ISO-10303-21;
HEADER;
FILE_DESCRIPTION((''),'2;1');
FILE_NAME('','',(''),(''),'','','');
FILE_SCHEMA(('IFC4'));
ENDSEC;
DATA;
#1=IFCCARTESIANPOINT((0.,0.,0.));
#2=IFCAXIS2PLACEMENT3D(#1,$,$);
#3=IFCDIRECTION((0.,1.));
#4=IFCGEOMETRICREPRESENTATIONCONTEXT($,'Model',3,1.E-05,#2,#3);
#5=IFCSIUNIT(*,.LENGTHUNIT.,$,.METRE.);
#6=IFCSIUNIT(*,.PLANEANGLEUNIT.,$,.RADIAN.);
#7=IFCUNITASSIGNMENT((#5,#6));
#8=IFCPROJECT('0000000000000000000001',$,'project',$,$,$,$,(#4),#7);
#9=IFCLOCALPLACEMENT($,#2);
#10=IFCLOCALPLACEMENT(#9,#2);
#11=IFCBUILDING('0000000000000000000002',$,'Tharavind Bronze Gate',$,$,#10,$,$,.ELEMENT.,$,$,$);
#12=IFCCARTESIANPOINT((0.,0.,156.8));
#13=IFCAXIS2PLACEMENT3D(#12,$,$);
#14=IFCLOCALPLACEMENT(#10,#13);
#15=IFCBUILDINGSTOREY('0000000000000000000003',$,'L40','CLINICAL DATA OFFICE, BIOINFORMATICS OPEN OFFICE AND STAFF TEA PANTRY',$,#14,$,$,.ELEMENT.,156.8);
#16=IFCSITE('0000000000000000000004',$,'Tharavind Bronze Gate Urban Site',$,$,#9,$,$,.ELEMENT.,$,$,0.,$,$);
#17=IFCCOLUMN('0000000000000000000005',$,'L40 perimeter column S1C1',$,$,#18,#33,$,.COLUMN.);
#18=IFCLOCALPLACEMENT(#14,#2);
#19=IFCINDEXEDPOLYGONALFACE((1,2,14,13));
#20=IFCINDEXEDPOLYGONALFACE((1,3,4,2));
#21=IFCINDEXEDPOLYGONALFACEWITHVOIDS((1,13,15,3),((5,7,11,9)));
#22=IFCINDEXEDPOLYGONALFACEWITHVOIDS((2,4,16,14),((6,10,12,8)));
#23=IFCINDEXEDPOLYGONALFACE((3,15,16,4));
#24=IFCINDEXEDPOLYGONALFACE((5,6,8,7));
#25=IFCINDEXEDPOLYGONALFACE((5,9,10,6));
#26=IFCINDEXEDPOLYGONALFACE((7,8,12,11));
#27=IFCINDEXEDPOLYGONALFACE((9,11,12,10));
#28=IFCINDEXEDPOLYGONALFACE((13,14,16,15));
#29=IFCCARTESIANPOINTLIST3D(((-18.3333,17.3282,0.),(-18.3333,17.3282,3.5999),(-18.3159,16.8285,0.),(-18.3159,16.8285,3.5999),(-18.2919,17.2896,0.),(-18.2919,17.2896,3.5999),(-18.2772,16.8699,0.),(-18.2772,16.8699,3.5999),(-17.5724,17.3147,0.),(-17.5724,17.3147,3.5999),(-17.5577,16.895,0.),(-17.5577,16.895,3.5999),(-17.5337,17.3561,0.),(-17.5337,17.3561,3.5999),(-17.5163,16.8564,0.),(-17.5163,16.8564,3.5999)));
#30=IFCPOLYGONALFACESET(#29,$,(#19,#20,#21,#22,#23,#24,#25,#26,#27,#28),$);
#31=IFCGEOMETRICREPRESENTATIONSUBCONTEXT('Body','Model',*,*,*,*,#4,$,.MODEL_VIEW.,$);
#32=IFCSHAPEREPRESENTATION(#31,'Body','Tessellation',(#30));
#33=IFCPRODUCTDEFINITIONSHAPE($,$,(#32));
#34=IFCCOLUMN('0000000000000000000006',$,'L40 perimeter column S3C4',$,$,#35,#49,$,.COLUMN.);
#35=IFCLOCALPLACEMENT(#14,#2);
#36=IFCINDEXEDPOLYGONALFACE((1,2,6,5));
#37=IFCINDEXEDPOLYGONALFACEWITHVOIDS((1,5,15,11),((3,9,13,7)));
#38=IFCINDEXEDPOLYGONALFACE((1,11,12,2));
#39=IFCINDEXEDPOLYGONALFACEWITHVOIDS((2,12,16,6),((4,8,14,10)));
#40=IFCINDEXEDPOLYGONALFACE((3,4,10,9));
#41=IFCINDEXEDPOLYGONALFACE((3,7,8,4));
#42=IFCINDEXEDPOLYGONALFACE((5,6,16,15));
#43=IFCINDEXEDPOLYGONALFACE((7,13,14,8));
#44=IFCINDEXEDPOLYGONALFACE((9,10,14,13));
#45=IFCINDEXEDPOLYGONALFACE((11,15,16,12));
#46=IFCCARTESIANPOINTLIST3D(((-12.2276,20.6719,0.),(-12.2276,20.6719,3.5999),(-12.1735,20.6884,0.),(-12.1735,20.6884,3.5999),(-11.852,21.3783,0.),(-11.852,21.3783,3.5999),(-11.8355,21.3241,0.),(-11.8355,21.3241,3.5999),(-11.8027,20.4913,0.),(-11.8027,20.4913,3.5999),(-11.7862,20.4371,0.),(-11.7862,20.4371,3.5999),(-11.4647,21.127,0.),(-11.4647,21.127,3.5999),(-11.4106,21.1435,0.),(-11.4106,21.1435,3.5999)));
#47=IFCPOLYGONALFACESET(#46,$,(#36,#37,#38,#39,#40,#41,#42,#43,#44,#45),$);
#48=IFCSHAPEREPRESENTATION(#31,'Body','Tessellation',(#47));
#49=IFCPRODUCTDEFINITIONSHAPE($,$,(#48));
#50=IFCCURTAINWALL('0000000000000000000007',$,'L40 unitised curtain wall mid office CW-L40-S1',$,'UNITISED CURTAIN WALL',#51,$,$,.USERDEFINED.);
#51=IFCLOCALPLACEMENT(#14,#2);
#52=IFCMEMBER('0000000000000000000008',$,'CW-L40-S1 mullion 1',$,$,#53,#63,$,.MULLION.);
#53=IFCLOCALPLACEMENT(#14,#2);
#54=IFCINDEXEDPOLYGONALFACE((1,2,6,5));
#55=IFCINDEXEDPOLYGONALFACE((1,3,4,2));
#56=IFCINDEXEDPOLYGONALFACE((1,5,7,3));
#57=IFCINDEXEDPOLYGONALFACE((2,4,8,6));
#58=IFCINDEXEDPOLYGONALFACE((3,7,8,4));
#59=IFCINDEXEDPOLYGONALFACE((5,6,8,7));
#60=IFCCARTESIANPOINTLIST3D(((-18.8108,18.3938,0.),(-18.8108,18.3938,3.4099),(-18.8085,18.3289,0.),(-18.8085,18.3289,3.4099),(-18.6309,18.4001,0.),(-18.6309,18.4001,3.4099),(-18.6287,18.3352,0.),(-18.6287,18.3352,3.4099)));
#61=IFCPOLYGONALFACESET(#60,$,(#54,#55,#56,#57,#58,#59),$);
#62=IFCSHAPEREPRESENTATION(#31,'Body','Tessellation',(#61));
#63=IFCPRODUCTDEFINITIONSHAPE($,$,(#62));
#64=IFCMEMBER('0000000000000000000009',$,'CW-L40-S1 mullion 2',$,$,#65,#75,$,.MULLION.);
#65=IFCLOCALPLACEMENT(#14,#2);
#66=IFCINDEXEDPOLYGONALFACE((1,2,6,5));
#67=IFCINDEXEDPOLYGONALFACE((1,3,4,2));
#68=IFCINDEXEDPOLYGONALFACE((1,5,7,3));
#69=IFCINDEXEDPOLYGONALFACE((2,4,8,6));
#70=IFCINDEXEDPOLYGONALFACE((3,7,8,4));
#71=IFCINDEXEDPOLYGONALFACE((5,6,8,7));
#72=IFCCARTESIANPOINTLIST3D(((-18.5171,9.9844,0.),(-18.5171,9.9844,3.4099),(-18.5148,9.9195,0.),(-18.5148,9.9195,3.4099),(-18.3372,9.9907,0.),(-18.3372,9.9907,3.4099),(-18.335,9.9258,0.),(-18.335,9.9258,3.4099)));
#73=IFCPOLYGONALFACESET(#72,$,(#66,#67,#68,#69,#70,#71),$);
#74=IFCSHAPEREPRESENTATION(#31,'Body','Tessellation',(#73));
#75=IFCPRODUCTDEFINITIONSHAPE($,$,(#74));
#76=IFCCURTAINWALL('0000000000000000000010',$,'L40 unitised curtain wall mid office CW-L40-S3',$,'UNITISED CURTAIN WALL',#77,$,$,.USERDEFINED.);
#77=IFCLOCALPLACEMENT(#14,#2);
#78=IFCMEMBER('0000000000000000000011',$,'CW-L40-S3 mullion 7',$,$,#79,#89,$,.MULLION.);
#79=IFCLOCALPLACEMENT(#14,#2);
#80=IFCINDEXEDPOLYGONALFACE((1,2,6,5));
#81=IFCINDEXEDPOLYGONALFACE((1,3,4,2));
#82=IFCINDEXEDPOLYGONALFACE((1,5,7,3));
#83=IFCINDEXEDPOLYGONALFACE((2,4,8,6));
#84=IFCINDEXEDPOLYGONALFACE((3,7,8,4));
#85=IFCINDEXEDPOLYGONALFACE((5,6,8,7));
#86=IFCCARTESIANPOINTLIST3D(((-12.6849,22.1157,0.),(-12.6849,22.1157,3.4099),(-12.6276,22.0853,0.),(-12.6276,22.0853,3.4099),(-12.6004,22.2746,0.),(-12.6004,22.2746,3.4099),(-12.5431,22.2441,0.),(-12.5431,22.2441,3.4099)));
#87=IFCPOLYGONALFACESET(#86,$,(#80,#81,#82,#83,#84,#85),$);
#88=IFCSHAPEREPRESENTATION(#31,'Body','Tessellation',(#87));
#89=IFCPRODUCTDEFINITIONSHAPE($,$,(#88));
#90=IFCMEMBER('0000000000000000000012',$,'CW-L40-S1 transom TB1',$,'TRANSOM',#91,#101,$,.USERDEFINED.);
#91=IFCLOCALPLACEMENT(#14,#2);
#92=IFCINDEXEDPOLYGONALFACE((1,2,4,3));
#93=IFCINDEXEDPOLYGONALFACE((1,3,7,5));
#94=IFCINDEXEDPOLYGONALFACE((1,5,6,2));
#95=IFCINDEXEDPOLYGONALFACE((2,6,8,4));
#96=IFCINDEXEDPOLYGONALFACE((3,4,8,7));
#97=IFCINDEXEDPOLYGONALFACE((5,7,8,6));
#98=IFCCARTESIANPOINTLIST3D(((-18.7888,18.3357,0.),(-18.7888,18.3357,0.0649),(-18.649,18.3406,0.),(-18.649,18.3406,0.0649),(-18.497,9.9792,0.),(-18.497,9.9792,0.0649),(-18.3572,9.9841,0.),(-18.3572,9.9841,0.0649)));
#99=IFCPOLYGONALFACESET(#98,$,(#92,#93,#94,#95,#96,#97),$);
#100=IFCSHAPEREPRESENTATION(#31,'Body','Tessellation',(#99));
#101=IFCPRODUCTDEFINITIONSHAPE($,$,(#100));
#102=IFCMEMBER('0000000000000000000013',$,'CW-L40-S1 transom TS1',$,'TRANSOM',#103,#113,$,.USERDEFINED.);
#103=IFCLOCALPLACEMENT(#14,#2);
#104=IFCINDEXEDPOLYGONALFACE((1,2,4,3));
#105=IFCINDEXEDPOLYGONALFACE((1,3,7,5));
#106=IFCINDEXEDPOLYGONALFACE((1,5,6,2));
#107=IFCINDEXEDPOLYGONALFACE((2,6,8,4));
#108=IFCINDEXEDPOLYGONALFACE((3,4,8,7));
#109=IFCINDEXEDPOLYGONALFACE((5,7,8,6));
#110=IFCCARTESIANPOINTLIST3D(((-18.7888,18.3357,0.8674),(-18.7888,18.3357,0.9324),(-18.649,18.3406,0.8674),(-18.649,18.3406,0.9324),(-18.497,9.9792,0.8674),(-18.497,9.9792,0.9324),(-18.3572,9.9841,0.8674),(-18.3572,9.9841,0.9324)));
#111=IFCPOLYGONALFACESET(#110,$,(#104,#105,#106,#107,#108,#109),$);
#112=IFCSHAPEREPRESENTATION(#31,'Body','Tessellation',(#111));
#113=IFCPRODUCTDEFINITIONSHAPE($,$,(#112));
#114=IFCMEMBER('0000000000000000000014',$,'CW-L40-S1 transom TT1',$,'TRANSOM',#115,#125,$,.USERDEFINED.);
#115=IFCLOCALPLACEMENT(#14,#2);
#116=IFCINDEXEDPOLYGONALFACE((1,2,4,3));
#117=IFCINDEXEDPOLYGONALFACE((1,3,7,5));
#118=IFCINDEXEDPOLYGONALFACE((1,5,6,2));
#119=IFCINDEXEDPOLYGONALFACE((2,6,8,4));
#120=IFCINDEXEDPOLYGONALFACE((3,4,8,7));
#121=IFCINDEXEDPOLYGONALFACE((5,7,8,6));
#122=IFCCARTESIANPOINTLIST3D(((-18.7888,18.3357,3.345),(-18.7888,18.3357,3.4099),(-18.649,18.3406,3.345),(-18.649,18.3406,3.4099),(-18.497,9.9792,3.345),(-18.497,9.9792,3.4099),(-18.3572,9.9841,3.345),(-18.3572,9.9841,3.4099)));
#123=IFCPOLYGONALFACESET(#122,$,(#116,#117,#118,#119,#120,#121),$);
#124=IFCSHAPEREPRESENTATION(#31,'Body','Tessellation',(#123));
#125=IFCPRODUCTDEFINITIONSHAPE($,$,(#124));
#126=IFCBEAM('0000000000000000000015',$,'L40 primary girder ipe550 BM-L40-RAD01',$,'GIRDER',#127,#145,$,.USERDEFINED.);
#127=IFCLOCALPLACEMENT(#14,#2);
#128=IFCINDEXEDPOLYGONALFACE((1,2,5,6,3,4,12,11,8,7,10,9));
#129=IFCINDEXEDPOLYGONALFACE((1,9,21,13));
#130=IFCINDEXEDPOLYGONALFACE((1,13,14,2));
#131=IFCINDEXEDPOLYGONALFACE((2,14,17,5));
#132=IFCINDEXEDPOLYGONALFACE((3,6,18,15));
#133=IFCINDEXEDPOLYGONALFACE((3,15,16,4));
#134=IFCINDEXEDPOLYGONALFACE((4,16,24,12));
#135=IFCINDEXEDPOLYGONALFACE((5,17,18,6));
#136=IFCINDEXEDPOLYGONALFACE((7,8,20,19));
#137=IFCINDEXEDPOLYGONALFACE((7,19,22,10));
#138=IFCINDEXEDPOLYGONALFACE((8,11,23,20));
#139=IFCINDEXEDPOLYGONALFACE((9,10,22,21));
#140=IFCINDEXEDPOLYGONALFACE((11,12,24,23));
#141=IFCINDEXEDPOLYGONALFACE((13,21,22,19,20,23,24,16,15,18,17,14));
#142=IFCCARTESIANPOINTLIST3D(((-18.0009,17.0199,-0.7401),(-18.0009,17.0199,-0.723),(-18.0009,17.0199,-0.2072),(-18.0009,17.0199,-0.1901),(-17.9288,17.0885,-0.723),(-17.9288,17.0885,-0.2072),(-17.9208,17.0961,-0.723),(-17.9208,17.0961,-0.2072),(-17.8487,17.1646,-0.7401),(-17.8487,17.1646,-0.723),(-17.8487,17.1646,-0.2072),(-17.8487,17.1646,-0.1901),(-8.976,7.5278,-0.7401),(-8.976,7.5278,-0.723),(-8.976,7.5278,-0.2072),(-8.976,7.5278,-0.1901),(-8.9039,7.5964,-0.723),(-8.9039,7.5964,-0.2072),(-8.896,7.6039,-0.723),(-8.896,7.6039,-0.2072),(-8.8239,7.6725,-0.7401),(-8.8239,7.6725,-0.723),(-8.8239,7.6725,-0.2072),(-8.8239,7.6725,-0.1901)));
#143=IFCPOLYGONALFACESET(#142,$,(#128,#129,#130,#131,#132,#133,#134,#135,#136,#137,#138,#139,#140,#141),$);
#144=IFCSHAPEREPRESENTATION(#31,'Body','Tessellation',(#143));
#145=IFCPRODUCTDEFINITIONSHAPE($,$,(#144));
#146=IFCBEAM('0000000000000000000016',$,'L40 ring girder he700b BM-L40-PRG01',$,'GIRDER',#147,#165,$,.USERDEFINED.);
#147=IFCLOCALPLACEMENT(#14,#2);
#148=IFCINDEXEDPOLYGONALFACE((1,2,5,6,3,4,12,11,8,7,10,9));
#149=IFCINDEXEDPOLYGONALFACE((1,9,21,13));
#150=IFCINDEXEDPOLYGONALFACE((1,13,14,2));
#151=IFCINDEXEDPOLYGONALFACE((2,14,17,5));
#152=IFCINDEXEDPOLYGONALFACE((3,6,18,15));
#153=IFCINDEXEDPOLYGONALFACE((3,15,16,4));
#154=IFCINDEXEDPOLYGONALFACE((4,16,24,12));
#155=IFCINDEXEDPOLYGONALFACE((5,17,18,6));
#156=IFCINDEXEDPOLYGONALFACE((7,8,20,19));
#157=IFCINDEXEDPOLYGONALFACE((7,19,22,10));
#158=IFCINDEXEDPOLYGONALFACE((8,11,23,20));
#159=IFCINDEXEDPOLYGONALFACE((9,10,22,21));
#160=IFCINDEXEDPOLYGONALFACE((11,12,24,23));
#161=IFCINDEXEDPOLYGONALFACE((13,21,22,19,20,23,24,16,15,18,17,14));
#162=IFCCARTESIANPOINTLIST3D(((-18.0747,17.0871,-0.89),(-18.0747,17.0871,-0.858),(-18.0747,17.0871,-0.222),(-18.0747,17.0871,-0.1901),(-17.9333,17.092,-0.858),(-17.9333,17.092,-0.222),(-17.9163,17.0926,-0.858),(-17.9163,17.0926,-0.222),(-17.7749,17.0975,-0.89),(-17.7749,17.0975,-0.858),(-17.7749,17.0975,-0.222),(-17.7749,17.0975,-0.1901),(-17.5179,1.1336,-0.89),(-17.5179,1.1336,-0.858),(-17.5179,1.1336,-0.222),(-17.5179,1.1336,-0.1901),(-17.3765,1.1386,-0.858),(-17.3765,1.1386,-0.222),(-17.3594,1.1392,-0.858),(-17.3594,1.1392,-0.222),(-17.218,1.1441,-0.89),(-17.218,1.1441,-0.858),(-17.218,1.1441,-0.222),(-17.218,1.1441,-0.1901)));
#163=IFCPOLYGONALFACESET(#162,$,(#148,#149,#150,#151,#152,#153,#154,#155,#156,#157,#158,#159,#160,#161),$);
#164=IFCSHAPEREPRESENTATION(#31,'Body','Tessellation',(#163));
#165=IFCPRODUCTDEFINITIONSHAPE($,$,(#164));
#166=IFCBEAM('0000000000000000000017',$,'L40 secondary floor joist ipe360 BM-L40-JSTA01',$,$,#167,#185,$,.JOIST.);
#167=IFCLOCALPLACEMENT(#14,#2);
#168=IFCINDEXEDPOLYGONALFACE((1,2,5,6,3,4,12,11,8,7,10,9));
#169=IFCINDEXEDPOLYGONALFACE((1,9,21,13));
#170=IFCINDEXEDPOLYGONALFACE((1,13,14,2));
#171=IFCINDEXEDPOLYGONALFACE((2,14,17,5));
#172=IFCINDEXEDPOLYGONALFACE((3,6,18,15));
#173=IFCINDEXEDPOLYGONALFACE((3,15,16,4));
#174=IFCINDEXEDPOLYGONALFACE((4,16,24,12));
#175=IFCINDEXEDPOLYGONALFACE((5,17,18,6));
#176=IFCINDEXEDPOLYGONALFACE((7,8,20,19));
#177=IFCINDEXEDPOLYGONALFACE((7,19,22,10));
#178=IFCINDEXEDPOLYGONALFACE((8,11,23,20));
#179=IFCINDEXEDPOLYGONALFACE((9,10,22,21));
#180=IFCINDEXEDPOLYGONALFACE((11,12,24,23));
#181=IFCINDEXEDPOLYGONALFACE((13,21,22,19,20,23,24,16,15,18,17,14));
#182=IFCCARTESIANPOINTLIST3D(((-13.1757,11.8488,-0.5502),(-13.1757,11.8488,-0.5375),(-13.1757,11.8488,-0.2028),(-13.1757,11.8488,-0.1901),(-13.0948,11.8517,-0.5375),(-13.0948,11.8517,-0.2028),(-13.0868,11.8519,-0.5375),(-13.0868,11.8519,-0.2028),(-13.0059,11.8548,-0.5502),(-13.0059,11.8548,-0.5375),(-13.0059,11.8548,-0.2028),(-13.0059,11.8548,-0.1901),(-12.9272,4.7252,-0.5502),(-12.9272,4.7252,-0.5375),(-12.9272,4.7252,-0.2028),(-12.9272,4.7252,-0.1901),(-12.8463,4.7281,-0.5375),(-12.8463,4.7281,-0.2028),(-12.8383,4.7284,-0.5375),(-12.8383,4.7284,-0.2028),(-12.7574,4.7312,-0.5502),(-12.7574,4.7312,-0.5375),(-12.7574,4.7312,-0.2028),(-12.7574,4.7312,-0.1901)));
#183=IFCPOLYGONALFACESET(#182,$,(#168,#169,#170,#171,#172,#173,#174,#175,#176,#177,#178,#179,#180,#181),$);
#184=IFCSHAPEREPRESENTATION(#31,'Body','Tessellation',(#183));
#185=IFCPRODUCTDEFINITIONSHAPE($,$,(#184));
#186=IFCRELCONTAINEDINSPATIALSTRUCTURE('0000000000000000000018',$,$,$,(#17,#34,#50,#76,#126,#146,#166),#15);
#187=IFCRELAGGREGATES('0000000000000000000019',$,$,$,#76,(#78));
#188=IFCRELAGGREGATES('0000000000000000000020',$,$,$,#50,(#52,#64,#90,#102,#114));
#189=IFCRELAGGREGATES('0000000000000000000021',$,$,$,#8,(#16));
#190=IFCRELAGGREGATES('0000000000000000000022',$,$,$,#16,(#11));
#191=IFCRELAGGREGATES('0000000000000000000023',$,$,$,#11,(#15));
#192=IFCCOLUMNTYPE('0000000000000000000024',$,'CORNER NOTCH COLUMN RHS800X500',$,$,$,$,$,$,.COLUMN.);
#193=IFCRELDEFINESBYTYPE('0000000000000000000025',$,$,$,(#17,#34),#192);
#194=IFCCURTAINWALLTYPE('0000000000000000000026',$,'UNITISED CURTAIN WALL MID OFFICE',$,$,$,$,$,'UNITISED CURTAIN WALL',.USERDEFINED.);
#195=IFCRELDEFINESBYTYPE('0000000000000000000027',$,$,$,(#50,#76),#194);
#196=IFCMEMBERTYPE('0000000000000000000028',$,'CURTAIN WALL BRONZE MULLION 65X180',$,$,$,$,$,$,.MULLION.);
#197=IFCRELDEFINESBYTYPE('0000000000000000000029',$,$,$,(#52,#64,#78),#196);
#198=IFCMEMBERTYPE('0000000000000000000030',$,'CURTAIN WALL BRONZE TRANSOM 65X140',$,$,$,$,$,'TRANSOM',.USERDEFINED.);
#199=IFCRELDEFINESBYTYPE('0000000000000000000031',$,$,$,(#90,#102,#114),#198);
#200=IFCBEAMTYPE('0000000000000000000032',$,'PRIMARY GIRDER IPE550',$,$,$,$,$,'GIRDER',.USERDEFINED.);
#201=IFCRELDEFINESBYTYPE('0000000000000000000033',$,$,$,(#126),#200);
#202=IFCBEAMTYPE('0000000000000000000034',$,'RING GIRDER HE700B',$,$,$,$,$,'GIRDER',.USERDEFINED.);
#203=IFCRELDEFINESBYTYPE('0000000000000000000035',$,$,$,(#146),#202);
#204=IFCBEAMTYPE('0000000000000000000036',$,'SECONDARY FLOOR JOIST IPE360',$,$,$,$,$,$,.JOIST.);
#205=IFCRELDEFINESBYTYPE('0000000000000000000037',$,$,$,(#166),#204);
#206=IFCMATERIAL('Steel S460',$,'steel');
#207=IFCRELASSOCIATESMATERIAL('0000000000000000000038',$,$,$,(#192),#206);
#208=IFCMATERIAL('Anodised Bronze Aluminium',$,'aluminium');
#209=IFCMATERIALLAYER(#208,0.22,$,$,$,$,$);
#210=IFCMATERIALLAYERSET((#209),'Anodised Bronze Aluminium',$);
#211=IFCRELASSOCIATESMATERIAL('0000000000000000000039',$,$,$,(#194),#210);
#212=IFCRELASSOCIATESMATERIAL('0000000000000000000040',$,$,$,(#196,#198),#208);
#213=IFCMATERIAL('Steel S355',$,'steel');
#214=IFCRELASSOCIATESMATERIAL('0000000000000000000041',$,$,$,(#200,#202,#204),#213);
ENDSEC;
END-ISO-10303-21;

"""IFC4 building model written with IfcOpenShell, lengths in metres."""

from ifc_helpers import new_model, si_unit, direction, frame, origin, origin_2d, place, context, subcontext, project, spatial, rectangle, hollow_rectangle, i_section, extrude, material, layer, layer_set, material_profile, profile_set, type_object, element, aggregate, save


model = new_model("IFC4")

# Units and contexts
model_context = context("Model", 3, precision=1e-05, world=origin(), true_north=direction((0.0, 1.0)))
body_context = subcontext(model_context, "Body", "Model", "MODEL_VIEW")
ifc_project = project(units=[si_unit("LENGTHUNIT", "METRE"), si_unit("PLANEANGLEUNIT", "RADIAN")], contexts=[model_context])

# Site, building, storey
site_placement = place(None, origin())
site = spatial("IfcSite", under=ifc_project, at=site_placement, Name="Tharavind Bronze Gate Urban Site", CompositionType="ELEMENT", RefElevation=0.0)
building_placement = place(site_placement, origin())
building = spatial("IfcBuilding", under=site, at=building_placement, Name="Tharavind Bronze Gate", CompositionType="ELEMENT")
storey_placement = place(building_placement, frame((0.0, 0.0, 156.8)))
storey = spatial("IfcBuildingStorey", under=building, at=storey_placement, Name="L40", Description="CLINICAL DATA OFFICE, BIOINFORMATICS OPEN OFFICE AND STAFF TEA PANTRY", CompositionType="ELEMENT", Elevation=156.8)

# Columns
ifc_material_1 = material(Name="Steel S460", Category="steel")
ifc_material_profile_1 = material_profile(ifc_material_1, hollow_rectangle(XDim=0.5, YDim=0.8, WallThickness=0.04, at=origin_2d()), Name="RHS800X500X40")
ifc_profile_set_1 = profile_set([ifc_material_profile_1], Name="Steel S460")
column_type = type_object("IfcColumnType", Name="CORNER NOTCH COLUMN RHS800X500", PredefinedType="COLUMN", material=ifc_profile_set_1)
for number, where, z_axis, x_axis, name in (
    (1, (-17.9248, 17.0923, 0.0), (0.0, 0.0, 1.0), (-0.034899, 0.999391, 0.0), "L40 perimeter column S1C1"),
    (2, (-11.8191, 20.9077, 0.0), (0.0, 0.0, 1.0), (-0.882948, 0.46947, 0.0), "L40 perimeter column S3C4"),
):
    element("IfcColumn", number, at=place(storey_placement, frame(where, z_axis=z_axis, x_axis=x_axis)), inside=storey, type_object=column_type, Name=name, PredefinedType="COLUMN", context=body_context, shape_type="SweptSolid", body=[
        extrude(hollow_rectangle(XDim=0.5, YDim=0.8, WallThickness=0.04, at=origin_2d()), origin(), (0.0, 0.0, 1.0), 3.5999),
    ])

# Curtain wall, members
ifc_material_2 = material(Name="Anodised Bronze Aluminium", Category="aluminium")
ifc_layer_1 = layer(ifc_material_2, 0.22)
ifc_layer_set_1 = layer_set([ifc_layer_1], Name="Anodised Bronze Aluminium")
curtain_wall_type = type_object("IfcCurtainWallType", Name="UNITISED CURTAIN WALL MID OFFICE", ElementType="UNITISED CURTAIN WALL", PredefinedType="USERDEFINED", material=ifc_layer_set_1)
curtain_wall_1_placement = place(storey_placement, origin())
curtain_wall_1 = element("IfcCurtainWall", 3, at=curtain_wall_1_placement, inside=storey, type_object=curtain_wall_type, Name="L40 unitised curtain wall mid office CW-L40-S1", ObjectType="UNITISED CURTAIN WALL", PredefinedType="USERDEFINED")
member_type_1 = type_object("IfcMemberType", Name="CURTAIN WALL BRONZE MULLION 65X180", PredefinedType="MULLION", material=ifc_material_2)
member_1_placement = place(storey_placement, frame((-18.7197, 18.3645, 0.0), z_axis=(0.0, 0.0, 1.0), x_axis=(0.034899, -0.999391, 0.0)))
member_1 = element("IfcMember", 4, at=member_1_placement, type_object=member_type_1, Name="CW-L40-S1 mullion 1", PredefinedType="MULLION", context=body_context, shape_type="SweptSolid", body=[
    extrude(rectangle(XDim=0.0649, YDim=0.1799, at=origin_2d()), origin(), (0.0, 0.0, 1.0), 3.4099),
])
member_2_placement = place(storey_placement, frame((-18.426, 9.9551, 0.0), z_axis=(0.0, 0.0, 1.0), x_axis=(0.034899, -0.999391, 0.0)))
member_2 = element("IfcMember", 5, at=member_2_placement, type_object=member_type_1, Name="CW-L40-S1 mullion 2", PredefinedType="MULLION", context=body_context, shape_type="SweptSolid", body=[
    extrude(rectangle(XDim=0.0649, YDim=0.1799, at=origin_2d()), origin(), (0.0, 0.0, 1.0), 3.4099),
])

# Curtain wall, member
curtain_wall_2_placement = place(storey_placement, origin())
curtain_wall_2 = element("IfcCurtainWall", 6, at=curtain_wall_2_placement, inside=storey, type_object=curtain_wall_type, Name="L40 unitised curtain wall mid office CW-L40-S3", ObjectType="UNITISED CURTAIN WALL", PredefinedType="USERDEFINED")
member_3_placement = place(storey_placement, frame((-12.614, 22.1799, 0.0), z_axis=(0.0, 0.0, 1.0), x_axis=(-0.882948, 0.469472, 0.0)))
member_3 = element("IfcMember", 7, at=member_3_placement, type_object=member_type_1, Name="CW-L40-S3 mullion 7", PredefinedType="MULLION", context=body_context, shape_type="SweptSolid", body=[
    extrude(rectangle(XDim=0.0649, YDim=0.1799, at=origin_2d()), origin(), (0.0, 0.0, 1.0), 3.4099),
])
aggregate(curtain_wall_2, [member_3])

# Members
member_type_2 = type_object("IfcMemberType", Name="CURTAIN WALL BRONZE TRANSOM 65X140", ElementType="TRANSOM", PredefinedType="USERDEFINED", material=ifc_material_2)
member_4_placement = place(storey_placement, frame((-18.573, 14.1599, 0.0), z_axis=(0.0, 0.0, 1.0), x_axis=(0.034899, -0.999391, 0.0)))
member_4 = element("IfcMember", 8, at=member_4_placement, type_object=member_type_2, Name="CW-L40-S1 transom TB1", ObjectType="TRANSOM", PredefinedType="USERDEFINED", context=body_context, shape_type="SweptSolid", body=[
    extrude(rectangle(XDim=8.3616, YDim=0.1399, at=origin_2d()), origin(), (0.0, 0.0, 1.0), 0.0649),
])
member_5_placement = place(storey_placement, frame((-18.573, 14.1599, 0.8674), z_axis=(0.0, 0.0, 1.0), x_axis=(0.034899, -0.999391, 0.0)))
member_5 = element("IfcMember", 9, at=member_5_placement, type_object=member_type_2, Name="CW-L40-S1 transom TS1", ObjectType="TRANSOM", PredefinedType="USERDEFINED", context=body_context, shape_type="SweptSolid", body=[
    extrude(rectangle(XDim=8.3616, YDim=0.1399, at=origin_2d()), origin(), (0.0, 0.0, 1.0), 0.0649),
])
member_6_placement = place(storey_placement, frame((-18.573, 14.1599, 3.345), z_axis=(0.0, 0.0, 1.0), x_axis=(0.034899, -0.999391, 0.0)))
member_6 = element("IfcMember", 10, at=member_6_placement, type_object=member_type_2, Name="CW-L40-S1 transom TT1", ObjectType="TRANSOM", PredefinedType="USERDEFINED", context=body_context, shape_type="SweptSolid", body=[
    extrude(rectangle(XDim=8.3616, YDim=0.1399, at=origin_2d()), origin(), (0.0, 0.0, 1.0), 0.0649),
])

# Beams
ifc_material_3 = material(Name="Steel S355", Category="steel")
ifc_material_profile_2 = material_profile(ifc_material_3, i_section(OverallWidth=0.21, OverallDepth=0.55, WebThickness=0.011, FlangeThickness=0.0171, at=origin_2d()), Name="IPE550")
ifc_profile_set_2 = profile_set([ifc_material_profile_2], Name="Steel S355")
beam_type_1 = type_object("IfcBeamType", Name="PRIMARY GIRDER IPE550", ElementType="GIRDER", PredefinedType="USERDEFINED", material=ifc_profile_set_2)
beam_1_placement = place(storey_placement, frame((-17.9248, 17.0923, -0.4651), z_axis=(0.689043, -0.72472, 0.0), x_axis=(0.72472, 0.689043, 0.0)))
element("IfcBeam", 11, at=beam_1_placement, inside=storey, type_object=beam_type_1, Name="L40 primary girder ipe550 BM-L40-RAD01", ObjectType="GIRDER", PredefinedType="USERDEFINED", context=body_context, shape_type="SweptSolid", body=[
    extrude(i_section(OverallWidth=0.21, OverallDepth=0.55, WebThickness=0.011, FlangeThickness=0.0171, at=origin_2d()), origin(), (0.0, 0.0, 1.0), 13.0977),
])
ifc_material_profile_3 = material_profile(ifc_material_3, i_section(OverallWidth=0.3, OverallDepth=0.7, WebThickness=0.0171, FlangeThickness=0.032, at=origin_2d()), Name="HE700B")
ifc_profile_set_3 = profile_set([ifc_material_profile_3], Name="Steel S355")
beam_type_2 = type_object("IfcBeamType", Name="RING GIRDER HE700B", ElementType="GIRDER", PredefinedType="USERDEFINED", material=ifc_profile_set_3)
beam_2_placement = place(storey_placement, frame((-17.9248, 17.0923, -0.54), z_axis=(0.034886, -0.999391, 0.0), x_axis=(0.999391, 0.034886, 0.0)))
element("IfcBeam", 12, at=beam_2_placement, inside=storey, type_object=beam_type_2, Name="L40 ring girder he700b BM-L40-PRG01", ObjectType="GIRDER", PredefinedType="USERDEFINED", context=body_context, shape_type="SweptSolid", body=[
    extrude(i_section(OverallWidth=0.3, OverallDepth=0.7, WebThickness=0.0171, FlangeThickness=0.032, at=origin_2d()), origin(), (0.0, 0.0, 1.0), 15.9631),
])
ifc_material_profile_4 = material_profile(ifc_material_3, i_section(OverallWidth=0.1699, OverallDepth=0.3601, WebThickness=0.0081, FlangeThickness=0.0127, at=origin_2d()), Name="IPE360")
ifc_profile_set_4 = profile_set([ifc_material_profile_4], Name="Steel S355")
beam_type_3 = type_object("IfcBeamType", Name="SECONDARY FLOOR JOIST IPE360", PredefinedType="JOIST", material=ifc_profile_set_4)
beam_3_placement = place(storey_placement, frame((-13.0908, 11.8518, -0.3701), z_axis=(0.034868, -0.999392, 0.0), x_axis=(0.999392, 0.034868, 0.0)))
element("IfcBeam", 13, at=beam_3_placement, inside=storey, type_object=beam_type_3, Name="L40 secondary floor joist ipe360 BM-L40-JSTA01", PredefinedType="JOIST", context=body_context, shape_type="SweptSolid", body=[
    extrude(i_section(OverallWidth=0.1699, OverallDepth=0.3601, WebThickness=0.0081, FlangeThickness=0.0127, at=origin_2d()), origin(), (0.0, 0.0, 1.0), 7.1279),
])

aggregate(curtain_wall_1, [member_1, member_2, member_4, member_5, member_6])

save(model, "model.ifc")
